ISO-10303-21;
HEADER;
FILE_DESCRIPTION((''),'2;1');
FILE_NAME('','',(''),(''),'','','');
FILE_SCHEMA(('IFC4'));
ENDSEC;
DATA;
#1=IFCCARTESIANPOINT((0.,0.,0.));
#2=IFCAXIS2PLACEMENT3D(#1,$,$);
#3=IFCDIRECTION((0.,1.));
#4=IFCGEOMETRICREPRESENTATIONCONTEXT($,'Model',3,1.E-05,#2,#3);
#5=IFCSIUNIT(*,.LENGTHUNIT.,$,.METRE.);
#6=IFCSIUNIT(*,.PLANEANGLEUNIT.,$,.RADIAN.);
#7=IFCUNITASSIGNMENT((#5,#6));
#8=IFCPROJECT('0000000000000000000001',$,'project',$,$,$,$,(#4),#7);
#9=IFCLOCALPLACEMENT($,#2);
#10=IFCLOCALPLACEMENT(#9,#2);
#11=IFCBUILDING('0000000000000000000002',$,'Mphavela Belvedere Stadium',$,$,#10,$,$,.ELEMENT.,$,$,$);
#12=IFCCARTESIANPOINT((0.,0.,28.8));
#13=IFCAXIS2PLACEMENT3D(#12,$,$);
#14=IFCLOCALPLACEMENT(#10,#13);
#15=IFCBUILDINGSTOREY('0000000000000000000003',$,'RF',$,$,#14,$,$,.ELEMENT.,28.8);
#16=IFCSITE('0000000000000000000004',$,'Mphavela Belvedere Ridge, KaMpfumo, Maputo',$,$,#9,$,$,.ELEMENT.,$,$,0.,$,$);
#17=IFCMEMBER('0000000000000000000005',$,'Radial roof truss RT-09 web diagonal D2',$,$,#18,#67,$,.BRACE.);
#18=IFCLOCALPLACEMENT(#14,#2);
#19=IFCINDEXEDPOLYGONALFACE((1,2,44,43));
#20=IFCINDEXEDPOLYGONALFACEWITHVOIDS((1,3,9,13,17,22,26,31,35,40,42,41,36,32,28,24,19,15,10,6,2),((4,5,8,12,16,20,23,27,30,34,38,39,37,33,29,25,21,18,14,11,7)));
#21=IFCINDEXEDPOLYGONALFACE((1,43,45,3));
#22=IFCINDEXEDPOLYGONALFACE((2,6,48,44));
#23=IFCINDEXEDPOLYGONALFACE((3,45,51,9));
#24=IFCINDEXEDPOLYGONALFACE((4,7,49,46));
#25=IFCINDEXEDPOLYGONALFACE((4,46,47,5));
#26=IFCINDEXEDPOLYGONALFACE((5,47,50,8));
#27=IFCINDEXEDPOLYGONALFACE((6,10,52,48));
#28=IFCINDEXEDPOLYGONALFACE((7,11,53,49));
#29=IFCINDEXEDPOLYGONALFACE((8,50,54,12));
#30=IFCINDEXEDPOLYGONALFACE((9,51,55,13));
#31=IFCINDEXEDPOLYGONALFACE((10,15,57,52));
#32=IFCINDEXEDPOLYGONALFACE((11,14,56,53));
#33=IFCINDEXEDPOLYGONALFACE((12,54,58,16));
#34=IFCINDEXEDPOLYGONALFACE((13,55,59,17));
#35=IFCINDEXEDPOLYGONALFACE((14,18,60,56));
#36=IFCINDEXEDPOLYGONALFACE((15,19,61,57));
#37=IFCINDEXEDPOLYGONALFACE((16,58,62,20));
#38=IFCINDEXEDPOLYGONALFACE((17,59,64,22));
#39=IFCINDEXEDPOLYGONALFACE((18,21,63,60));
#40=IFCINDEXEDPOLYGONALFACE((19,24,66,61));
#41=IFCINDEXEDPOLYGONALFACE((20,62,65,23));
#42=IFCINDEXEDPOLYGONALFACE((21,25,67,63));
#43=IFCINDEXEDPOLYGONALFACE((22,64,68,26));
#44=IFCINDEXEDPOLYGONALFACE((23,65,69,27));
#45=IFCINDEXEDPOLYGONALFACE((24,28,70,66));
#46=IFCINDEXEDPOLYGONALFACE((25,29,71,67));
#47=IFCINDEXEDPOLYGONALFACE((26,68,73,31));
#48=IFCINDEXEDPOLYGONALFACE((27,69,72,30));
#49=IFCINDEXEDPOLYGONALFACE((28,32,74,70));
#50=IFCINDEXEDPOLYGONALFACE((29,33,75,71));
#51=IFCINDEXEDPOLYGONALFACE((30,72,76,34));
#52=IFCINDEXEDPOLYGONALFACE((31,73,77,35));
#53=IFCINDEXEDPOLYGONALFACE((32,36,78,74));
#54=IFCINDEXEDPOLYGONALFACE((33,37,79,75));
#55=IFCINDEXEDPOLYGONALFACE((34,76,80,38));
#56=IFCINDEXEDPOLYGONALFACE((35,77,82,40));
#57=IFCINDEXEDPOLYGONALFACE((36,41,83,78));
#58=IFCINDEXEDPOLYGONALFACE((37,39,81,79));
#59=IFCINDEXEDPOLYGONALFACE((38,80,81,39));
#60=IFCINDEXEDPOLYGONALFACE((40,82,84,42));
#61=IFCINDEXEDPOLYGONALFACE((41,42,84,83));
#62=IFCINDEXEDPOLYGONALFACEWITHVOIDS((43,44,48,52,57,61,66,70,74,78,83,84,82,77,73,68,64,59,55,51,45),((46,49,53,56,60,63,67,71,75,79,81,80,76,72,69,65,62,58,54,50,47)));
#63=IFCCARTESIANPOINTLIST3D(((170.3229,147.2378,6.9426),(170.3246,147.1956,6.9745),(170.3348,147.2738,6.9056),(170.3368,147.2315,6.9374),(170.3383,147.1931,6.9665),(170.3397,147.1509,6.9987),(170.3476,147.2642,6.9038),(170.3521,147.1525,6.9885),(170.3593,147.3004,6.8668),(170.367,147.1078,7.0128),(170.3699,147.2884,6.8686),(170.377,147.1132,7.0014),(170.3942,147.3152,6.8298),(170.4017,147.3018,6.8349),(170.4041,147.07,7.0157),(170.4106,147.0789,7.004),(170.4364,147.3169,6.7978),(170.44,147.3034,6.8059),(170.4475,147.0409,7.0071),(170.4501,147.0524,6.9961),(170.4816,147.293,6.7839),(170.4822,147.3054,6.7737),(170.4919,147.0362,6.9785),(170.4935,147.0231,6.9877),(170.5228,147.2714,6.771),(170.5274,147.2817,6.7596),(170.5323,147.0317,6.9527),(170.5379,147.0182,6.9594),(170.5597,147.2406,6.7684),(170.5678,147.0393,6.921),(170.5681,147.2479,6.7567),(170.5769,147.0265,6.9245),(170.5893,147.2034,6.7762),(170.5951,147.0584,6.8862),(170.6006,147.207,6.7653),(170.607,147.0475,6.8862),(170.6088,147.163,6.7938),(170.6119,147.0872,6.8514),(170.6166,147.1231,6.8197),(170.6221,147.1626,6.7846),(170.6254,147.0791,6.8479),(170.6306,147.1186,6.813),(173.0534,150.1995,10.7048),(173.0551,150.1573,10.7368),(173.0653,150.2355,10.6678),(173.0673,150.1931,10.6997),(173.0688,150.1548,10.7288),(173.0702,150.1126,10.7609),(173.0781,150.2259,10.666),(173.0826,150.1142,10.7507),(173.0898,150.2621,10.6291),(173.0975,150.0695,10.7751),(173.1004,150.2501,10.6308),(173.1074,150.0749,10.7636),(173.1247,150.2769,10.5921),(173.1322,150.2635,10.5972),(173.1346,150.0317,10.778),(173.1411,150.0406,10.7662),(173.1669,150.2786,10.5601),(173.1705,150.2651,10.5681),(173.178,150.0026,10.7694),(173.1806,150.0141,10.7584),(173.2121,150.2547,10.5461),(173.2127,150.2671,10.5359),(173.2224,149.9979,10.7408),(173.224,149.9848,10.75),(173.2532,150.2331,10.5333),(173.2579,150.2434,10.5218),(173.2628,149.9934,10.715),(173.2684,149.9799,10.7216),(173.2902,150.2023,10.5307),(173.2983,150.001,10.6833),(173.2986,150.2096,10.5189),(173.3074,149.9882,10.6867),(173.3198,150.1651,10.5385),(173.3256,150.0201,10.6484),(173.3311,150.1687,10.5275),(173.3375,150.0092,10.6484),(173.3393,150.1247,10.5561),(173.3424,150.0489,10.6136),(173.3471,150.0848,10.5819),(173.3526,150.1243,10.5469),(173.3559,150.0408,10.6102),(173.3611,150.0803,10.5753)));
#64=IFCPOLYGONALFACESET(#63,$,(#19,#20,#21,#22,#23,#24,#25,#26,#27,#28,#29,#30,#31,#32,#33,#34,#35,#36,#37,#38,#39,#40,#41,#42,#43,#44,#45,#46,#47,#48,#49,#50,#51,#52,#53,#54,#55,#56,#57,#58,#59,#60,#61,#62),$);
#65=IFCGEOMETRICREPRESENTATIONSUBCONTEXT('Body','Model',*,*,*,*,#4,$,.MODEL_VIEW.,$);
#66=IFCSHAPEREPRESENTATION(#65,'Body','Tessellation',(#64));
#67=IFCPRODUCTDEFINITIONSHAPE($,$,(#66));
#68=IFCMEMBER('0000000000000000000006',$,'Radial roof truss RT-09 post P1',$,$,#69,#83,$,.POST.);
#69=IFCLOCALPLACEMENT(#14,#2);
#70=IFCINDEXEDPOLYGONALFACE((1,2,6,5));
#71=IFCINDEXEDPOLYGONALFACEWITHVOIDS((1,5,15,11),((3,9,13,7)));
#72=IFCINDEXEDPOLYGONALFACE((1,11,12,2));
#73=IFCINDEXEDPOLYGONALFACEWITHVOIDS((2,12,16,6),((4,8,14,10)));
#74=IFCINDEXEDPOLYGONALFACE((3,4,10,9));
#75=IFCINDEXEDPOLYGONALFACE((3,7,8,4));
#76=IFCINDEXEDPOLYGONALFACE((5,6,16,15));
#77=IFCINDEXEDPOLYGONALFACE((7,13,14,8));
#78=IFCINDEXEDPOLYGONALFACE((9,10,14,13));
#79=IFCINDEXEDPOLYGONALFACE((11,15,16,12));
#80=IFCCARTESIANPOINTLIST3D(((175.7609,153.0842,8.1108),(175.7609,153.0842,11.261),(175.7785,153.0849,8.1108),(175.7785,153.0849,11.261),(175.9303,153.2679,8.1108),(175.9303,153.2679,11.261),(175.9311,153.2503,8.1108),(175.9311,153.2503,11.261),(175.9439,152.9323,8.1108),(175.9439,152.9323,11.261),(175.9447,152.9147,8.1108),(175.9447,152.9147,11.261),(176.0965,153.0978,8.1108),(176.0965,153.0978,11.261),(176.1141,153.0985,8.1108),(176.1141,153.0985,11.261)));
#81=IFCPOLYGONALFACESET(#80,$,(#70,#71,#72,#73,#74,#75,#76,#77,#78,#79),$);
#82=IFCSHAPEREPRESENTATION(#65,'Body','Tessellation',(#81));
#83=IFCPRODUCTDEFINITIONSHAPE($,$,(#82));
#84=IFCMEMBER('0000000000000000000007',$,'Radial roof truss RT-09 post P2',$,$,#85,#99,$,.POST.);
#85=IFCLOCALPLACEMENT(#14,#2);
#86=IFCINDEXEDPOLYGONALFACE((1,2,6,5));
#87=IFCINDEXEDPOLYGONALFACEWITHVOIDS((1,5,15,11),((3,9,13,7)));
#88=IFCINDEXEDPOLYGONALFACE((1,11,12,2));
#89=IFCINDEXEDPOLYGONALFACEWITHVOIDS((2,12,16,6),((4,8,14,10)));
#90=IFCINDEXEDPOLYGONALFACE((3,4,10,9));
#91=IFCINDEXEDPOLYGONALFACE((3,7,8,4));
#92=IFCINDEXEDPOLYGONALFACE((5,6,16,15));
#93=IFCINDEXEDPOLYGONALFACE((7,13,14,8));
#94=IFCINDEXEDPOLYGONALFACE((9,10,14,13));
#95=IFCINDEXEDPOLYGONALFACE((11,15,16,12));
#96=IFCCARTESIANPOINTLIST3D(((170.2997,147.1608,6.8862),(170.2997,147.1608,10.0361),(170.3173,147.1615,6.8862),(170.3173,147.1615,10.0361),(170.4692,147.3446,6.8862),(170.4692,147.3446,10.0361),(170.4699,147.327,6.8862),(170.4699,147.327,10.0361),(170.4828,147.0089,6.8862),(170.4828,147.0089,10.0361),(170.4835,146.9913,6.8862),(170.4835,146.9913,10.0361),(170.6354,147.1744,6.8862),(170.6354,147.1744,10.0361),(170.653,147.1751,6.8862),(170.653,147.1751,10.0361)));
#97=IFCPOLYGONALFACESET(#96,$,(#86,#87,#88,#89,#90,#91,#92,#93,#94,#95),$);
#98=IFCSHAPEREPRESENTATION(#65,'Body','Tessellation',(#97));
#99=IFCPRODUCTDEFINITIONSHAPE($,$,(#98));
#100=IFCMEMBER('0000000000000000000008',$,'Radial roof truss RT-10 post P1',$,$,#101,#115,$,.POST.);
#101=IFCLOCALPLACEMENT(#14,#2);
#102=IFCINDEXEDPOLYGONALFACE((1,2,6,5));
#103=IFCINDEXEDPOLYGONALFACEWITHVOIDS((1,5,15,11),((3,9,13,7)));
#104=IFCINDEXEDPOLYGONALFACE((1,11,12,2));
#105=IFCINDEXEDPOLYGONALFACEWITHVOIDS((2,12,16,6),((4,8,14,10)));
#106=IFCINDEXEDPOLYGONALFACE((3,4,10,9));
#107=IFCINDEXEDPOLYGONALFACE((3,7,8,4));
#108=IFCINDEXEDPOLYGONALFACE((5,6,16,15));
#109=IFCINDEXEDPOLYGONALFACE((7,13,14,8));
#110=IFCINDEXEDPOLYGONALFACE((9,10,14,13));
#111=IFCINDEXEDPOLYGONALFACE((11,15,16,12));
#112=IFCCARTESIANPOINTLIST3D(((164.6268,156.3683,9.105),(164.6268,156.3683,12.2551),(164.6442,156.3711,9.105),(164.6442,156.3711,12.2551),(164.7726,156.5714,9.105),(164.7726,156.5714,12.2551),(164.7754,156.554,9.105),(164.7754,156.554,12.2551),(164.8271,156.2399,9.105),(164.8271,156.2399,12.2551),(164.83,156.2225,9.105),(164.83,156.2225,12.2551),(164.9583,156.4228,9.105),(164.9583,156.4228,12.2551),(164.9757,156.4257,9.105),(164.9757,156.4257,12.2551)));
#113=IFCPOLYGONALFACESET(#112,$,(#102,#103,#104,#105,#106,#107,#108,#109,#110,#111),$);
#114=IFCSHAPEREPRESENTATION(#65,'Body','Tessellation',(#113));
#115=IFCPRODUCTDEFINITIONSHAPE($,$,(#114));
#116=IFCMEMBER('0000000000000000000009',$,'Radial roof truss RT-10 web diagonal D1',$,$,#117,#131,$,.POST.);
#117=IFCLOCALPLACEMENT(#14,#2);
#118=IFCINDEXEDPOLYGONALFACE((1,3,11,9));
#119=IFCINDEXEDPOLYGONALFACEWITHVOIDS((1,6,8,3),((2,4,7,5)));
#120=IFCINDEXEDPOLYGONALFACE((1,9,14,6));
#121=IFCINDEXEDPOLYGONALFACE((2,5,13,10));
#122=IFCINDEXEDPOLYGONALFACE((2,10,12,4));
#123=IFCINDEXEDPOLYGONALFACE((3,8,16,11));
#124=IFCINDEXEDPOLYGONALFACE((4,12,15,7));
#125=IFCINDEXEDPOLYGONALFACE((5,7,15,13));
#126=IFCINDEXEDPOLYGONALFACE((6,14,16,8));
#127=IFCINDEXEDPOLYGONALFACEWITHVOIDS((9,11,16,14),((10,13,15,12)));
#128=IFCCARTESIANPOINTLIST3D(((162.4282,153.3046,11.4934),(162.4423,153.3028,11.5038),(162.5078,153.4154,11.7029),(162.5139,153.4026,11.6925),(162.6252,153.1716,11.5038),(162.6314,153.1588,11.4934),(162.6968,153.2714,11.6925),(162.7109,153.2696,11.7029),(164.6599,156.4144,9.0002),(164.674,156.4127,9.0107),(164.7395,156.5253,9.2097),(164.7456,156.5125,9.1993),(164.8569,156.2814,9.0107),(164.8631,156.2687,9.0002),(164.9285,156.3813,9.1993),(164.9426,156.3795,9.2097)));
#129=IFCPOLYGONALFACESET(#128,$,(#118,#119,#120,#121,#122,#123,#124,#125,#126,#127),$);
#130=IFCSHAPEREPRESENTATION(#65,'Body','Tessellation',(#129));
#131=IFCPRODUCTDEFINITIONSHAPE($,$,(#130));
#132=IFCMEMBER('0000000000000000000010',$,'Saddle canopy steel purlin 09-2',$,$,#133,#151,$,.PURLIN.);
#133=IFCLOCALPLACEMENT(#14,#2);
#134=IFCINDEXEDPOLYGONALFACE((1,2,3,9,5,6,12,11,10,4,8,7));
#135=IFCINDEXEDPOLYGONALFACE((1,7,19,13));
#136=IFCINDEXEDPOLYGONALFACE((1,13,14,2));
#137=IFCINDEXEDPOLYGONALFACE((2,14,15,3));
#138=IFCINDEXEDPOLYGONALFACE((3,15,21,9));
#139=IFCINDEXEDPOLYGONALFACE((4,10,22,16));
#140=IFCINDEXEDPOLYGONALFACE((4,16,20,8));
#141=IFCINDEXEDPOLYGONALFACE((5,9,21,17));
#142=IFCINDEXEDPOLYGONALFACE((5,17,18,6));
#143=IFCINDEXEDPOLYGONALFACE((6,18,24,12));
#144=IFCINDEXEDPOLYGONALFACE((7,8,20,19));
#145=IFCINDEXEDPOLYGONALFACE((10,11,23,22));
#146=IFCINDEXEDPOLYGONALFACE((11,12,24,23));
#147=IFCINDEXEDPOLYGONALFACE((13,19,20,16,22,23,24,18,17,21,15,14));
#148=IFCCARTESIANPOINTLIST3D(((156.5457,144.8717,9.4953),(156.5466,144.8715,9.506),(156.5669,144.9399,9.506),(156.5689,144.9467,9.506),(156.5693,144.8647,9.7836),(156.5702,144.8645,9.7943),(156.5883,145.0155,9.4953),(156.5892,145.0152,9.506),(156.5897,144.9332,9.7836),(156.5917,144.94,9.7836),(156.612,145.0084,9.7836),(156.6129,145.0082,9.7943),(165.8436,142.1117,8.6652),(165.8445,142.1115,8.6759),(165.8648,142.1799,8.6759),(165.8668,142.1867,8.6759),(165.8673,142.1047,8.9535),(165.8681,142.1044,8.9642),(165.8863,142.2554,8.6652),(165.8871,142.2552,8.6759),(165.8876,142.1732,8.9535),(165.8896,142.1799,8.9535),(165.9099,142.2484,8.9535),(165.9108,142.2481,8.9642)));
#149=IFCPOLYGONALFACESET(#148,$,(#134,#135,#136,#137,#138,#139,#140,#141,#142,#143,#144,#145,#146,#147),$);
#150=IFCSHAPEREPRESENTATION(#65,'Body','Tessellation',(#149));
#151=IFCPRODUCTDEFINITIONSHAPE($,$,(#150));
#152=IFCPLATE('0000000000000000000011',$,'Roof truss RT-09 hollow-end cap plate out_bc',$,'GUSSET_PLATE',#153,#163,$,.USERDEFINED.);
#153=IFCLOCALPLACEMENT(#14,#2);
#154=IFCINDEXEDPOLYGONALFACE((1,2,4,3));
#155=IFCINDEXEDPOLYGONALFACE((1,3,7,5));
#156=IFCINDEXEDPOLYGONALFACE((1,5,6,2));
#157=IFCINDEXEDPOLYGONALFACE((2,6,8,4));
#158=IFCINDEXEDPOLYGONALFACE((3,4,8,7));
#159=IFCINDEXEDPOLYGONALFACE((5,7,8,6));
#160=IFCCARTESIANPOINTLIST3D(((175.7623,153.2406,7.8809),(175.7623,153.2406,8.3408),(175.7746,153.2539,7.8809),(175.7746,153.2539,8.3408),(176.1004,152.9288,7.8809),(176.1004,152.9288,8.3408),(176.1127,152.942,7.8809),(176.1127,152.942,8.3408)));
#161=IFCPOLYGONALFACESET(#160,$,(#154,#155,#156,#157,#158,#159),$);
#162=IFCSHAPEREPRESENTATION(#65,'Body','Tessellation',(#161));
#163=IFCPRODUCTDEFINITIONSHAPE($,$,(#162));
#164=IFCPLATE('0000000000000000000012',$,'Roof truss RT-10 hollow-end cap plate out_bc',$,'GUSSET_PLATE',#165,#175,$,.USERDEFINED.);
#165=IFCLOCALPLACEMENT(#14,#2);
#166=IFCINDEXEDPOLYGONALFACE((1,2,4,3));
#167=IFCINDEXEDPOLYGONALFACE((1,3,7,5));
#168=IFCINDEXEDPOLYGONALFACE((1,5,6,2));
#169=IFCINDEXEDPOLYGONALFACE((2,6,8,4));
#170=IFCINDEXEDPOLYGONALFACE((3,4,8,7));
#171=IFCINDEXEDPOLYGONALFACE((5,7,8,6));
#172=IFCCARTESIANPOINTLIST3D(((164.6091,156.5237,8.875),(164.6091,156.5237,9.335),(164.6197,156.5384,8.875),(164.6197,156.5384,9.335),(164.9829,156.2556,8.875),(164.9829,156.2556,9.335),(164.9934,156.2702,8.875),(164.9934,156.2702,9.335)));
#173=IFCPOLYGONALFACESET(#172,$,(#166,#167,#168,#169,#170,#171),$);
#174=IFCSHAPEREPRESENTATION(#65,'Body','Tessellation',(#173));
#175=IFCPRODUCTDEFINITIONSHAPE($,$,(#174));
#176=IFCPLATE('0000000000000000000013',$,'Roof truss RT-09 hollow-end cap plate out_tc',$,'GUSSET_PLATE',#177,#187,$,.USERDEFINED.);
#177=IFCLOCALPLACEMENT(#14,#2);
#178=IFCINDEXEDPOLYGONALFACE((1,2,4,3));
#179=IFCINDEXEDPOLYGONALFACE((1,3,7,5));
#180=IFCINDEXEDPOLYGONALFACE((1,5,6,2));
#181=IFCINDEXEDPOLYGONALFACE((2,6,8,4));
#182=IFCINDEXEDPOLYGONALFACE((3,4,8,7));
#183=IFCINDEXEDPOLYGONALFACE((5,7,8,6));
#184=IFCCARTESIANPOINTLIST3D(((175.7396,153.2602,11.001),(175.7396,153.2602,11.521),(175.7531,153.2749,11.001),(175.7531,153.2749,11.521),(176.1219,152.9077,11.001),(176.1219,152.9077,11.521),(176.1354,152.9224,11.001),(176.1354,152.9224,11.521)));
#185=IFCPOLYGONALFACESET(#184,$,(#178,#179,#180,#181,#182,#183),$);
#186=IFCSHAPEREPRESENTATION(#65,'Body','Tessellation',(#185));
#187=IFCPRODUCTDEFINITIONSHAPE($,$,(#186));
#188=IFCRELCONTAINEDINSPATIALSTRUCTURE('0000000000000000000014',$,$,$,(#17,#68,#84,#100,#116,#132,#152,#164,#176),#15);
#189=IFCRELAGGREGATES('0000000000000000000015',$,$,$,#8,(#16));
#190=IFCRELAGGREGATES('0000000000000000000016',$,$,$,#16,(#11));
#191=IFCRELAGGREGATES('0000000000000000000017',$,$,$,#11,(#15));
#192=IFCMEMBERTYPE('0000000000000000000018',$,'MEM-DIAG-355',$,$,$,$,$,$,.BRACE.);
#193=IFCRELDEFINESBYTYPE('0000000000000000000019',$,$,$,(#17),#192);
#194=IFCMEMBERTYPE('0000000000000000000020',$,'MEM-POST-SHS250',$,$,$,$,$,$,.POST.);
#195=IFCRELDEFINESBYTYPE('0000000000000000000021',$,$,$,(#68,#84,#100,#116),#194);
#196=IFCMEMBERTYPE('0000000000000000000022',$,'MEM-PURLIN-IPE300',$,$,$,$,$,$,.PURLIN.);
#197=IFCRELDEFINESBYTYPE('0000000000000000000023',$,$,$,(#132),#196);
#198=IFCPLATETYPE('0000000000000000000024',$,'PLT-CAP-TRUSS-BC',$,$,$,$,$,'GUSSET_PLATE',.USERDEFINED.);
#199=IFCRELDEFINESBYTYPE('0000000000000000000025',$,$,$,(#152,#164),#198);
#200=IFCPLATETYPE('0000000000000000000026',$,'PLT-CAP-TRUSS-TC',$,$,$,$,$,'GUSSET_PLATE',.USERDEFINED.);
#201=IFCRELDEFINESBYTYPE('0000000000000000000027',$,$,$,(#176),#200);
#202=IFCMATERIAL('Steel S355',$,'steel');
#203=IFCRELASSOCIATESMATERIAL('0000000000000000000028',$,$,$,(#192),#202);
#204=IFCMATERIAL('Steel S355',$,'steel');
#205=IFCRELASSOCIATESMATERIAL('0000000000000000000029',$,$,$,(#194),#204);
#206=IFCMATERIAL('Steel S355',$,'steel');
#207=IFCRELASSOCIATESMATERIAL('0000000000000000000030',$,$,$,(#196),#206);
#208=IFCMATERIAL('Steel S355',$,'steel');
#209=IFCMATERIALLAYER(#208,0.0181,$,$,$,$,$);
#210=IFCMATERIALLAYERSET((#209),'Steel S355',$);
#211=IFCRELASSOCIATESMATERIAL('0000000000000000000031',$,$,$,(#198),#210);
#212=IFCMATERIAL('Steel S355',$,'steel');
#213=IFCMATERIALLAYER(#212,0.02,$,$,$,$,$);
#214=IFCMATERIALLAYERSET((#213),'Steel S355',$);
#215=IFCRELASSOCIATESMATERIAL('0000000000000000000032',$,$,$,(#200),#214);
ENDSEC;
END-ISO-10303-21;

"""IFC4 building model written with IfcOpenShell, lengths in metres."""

from ifc_helpers import new_model, si_unit, direction, frame, origin, origin_2d, place, context, subcontext, project, spatial, rectangle, hollow_rectangle, hollow_circle, i_section, extrude, material, layer, layer_set, material_profile, profile_set, type_object, element, save


model = new_model("IFC4")

# Units and contexts
model_context = context("Model", 3, precision=1e-05, world=origin(), true_north=direction((0.0, 1.0)))
body_context = subcontext(model_context, "Body", "Model", "MODEL_VIEW")
ifc_project = project(units=[si_unit("LENGTHUNIT", "METRE"), si_unit("PLANEANGLEUNIT", "RADIAN")], contexts=[model_context])

# Site, building, storey
site_placement = place(None, origin())
site = spatial("IfcSite", under=ifc_project, at=site_placement, Name="Mphavela Belvedere Ridge, KaMpfumo, Maputo", CompositionType="ELEMENT", RefElevation=0.0)
building_placement = place(site_placement, origin())
building = spatial("IfcBuilding", under=site, at=building_placement, Name="Mphavela Belvedere Stadium", CompositionType="ELEMENT")
storey_placement = place(building_placement, frame((0.0, 0.0, 28.8)))
storey = spatial("IfcBuildingStorey", under=building, at=storey_placement, Name="RF", CompositionType="ELEMENT", Elevation=28.8)

# Members
ifc_material_1 = material(Name="Steel S355", Category="steel")
ifc_material_profile_1 = material_profile(ifc_material_1, hollow_circle(Radius=0.1777, WallThickness=0.0161, at=origin_2d()), Name="CHS 355.6x16")
ifc_profile_set_1 = profile_set([ifc_material_profile_1], Name="Steel S355")
member_type_1 = type_object("IfcMemberType", Name="MEM-DIAG-355", PredefinedType="BRACE", material=ifc_profile_set_1)
member_1_placement = place(storey_placement, frame((173.2068, 150.1296, 10.6484), z_axis=(-0.495376, -0.537322, -0.68256), x_axis=(0.735222, -0.677827, 0.0)))
element("IfcMember", 1, at=member_1_placement, inside=storey, type_object=member_type_1, Name="Radial roof truss RT-09 web diagonal D2", PredefinedType="BRACE", context=body_context, shape_type="SweptSolid", body=[
    extrude(hollow_circle(Radius=0.1777, WallThickness=0.0161, at=origin_2d()), origin(), (0.0, 0.0, 1.0), 5.512),
])
ifc_material_2 = material(Name="Steel S355", Category="steel")
ifc_material_profile_2 = material_profile(ifc_material_2, hollow_rectangle(XDim=0.25, YDim=0.25, WallThickness=0.0125, at=origin_2d()), Name="SHS 250x250x12.5")
ifc_profile_set_2 = profile_set([ifc_material_profile_2], Name="Steel S355")
member_type_2 = type_object("IfcMemberType", Name="MEM-POST-SHS250", PredefinedType="POST", material=ifc_profile_set_2)
member_2_placement = place(storey_placement, frame((175.9375, 153.0913, 8.1108), z_axis=(0.0, 0.0, 1.0), x_axis=(0.677903, 0.735151, 0.0)))
element("IfcMember", 2, at=member_2_placement, inside=storey, type_object=member_type_2, Name="Radial roof truss RT-09 post P1", PredefinedType="POST", context=body_context, shape_type="SweptSolid", body=[
    extrude(hollow_rectangle(XDim=0.25, YDim=0.25, WallThickness=0.0125, at=origin_2d()), origin(), (0.0, 0.0, 1.0), 3.1501),
])
member_3_placement = place(storey_placement, frame((170.4763, 147.168, 6.8862), z_axis=(0.0, 0.0, 1.0), x_axis=(0.677903, 0.735151, 0.0)))
element("IfcMember", 3, at=member_3_placement, inside=storey, type_object=member_type_2, Name="Radial roof truss RT-09 post P2", PredefinedType="POST", context=body_context, shape_type="SweptSolid", body=[
    extrude(hollow_rectangle(XDim=0.25, YDim=0.25, WallThickness=0.0125, at=origin_2d()), origin(), (0.0, 0.0, 1.0), 3.1499),
])
member_4_placement = place(storey_placement, frame((164.8013, 156.397, 9.105), z_axis=(0.0, 0.0, 1.0), x_axis=(0.582974, 0.812491, 0.0)))
element("IfcMember", 4, at=member_4_placement, inside=storey, type_object=member_type_2, Name="Radial roof truss RT-10 post P1", PredefinedType="POST", context=body_context, shape_type="SweptSolid", body=[
    extrude(hollow_rectangle(XDim=0.25, YDim=0.25, WallThickness=0.0125, at=origin_2d()), origin(), (0.0, 0.0, 1.0), 3.1501),
])
member_5_placement = place(storey_placement, frame((164.8013, 156.397, 9.105), z_axis=(-0.488538, -0.680778, 0.545777), x_axis=(0.812452, -0.583029, 0.0)))
element("IfcMember", 5, at=member_5_placement, inside=storey, type_object=member_type_2, Name="Radial roof truss RT-10 web diagonal D1", PredefinedType="POST", context=body_context, shape_type="SweptSolid", body=[
    extrude(hollow_rectangle(XDim=0.25, YDim=0.25, WallThickness=0.0125, at=origin_2d()), origin(), (0.0, 0.0, 1.0), 4.5681),
])
ifc_material_3 = material(Name="Steel S355", Category="steel")
ifc_material_profile_3 = material_profile(ifc_material_3, i_section(OverallWidth=0.1499, OverallDepth=0.3, WebThickness=0.0071, FlangeThickness=0.0107, at=origin_2d()), Name="IPE 300")
ifc_profile_set_3 = profile_set([ifc_material_profile_3], Name="Steel S355")
member_type_3 = type_object("IfcMemberType", Name="MEM-PURLIN-IPE300", PredefinedType="PURLIN", material=ifc_profile_set_3)
member_6_placement = place(storey_placement, frame((165.8772, 142.1799, 8.8147), z_axis=(-0.955163, 0.283534, 0.085273), x_axis=(-0.284571, -0.958655, 0.0)))
element("IfcMember", 6, at=member_6_placement, inside=storey, type_object=member_type_3, Name="Saddle canopy steel purlin 09-2", PredefinedType="PURLIN", context=body_context, shape_type="SweptSolid", body=[
    extrude(i_section(OverallWidth=0.1499, OverallDepth=0.3, WebThickness=0.0071, FlangeThickness=0.0107, at=origin_2d()), origin(), (0.0, 0.0, 1.0), 9.7344),
])

# Plates
ifc_material_4 = material(Name="Steel S355", Category="steel")
ifc_layer_1 = layer(ifc_material_4, 0.0181)
ifc_layer_set_1 = layer_set([ifc_layer_1], Name="Steel S355")
plate_type_1 = type_object("IfcPlateType", Name="PLT-CAP-TRUSS-BC", ElementType="GUSSET_PLATE", PredefinedType="USERDEFINED", material=ifc_layer_set_1)
for number, where, z_axis, x_axis, name in (
    (7, (175.9375, 153.0913, 7.8809), (0.0, 0.0, 1.0), (0.677903, 0.735151, 0.0), "Roof truss RT-09 hollow-end cap plate out_bc"),
    (8, (164.8013, 156.397, 8.875), (0.0, 0.0, 1.0), (0.582974, 0.812491, 0.0), "Roof truss RT-10 hollow-end cap plate out_bc"),
):
    element("IfcPlate", number, at=place(storey_placement, frame(where, z_axis=z_axis, x_axis=x_axis)), inside=storey, type_object=plate_type_1, Name=name, ObjectType="GUSSET_PLATE", PredefinedType="USERDEFINED", context=body_context, shape_type="SweptSolid", body=[
        extrude(rectangle(XDim=0.0181, YDim=0.46, at=origin_2d()), origin(), (0.0, 0.0, 1.0), 0.46),
    ])
ifc_material_5 = material(Name="Steel S355", Category="steel")
ifc_layer_2 = layer(ifc_material_5, 0.02)
ifc_layer_set_2 = layer_set([ifc_layer_2], Name="Steel S355")
plate_type_2 = type_object("IfcPlateType", Name="PLT-CAP-TRUSS-TC", ElementType="GUSSET_PLATE", PredefinedType="USERDEFINED", material=ifc_layer_set_2)
for number, where, z_axis, x_axis, name in (
    (9, (175.9375, 153.0913, 11.001), (0.0, 0.0, 1.0), (0.677903, 0.735151, 0.0), "Roof truss RT-09 hollow-end cap plate out_tc"),
):
    element("IfcPlate", number, at=place(storey_placement, frame(where, z_axis=z_axis, x_axis=x_axis)), inside=storey, type_object=plate_type_2, Name=name, ObjectType="GUSSET_PLATE", PredefinedType="USERDEFINED", context=body_context, shape_type="SweptSolid", body=[
        extrude(rectangle(XDim=0.02, YDim=0.52, at=origin_2d()), origin(), (0.0, 0.0, 1.0), 0.52),
    ])

save(model, "model.ifc")
